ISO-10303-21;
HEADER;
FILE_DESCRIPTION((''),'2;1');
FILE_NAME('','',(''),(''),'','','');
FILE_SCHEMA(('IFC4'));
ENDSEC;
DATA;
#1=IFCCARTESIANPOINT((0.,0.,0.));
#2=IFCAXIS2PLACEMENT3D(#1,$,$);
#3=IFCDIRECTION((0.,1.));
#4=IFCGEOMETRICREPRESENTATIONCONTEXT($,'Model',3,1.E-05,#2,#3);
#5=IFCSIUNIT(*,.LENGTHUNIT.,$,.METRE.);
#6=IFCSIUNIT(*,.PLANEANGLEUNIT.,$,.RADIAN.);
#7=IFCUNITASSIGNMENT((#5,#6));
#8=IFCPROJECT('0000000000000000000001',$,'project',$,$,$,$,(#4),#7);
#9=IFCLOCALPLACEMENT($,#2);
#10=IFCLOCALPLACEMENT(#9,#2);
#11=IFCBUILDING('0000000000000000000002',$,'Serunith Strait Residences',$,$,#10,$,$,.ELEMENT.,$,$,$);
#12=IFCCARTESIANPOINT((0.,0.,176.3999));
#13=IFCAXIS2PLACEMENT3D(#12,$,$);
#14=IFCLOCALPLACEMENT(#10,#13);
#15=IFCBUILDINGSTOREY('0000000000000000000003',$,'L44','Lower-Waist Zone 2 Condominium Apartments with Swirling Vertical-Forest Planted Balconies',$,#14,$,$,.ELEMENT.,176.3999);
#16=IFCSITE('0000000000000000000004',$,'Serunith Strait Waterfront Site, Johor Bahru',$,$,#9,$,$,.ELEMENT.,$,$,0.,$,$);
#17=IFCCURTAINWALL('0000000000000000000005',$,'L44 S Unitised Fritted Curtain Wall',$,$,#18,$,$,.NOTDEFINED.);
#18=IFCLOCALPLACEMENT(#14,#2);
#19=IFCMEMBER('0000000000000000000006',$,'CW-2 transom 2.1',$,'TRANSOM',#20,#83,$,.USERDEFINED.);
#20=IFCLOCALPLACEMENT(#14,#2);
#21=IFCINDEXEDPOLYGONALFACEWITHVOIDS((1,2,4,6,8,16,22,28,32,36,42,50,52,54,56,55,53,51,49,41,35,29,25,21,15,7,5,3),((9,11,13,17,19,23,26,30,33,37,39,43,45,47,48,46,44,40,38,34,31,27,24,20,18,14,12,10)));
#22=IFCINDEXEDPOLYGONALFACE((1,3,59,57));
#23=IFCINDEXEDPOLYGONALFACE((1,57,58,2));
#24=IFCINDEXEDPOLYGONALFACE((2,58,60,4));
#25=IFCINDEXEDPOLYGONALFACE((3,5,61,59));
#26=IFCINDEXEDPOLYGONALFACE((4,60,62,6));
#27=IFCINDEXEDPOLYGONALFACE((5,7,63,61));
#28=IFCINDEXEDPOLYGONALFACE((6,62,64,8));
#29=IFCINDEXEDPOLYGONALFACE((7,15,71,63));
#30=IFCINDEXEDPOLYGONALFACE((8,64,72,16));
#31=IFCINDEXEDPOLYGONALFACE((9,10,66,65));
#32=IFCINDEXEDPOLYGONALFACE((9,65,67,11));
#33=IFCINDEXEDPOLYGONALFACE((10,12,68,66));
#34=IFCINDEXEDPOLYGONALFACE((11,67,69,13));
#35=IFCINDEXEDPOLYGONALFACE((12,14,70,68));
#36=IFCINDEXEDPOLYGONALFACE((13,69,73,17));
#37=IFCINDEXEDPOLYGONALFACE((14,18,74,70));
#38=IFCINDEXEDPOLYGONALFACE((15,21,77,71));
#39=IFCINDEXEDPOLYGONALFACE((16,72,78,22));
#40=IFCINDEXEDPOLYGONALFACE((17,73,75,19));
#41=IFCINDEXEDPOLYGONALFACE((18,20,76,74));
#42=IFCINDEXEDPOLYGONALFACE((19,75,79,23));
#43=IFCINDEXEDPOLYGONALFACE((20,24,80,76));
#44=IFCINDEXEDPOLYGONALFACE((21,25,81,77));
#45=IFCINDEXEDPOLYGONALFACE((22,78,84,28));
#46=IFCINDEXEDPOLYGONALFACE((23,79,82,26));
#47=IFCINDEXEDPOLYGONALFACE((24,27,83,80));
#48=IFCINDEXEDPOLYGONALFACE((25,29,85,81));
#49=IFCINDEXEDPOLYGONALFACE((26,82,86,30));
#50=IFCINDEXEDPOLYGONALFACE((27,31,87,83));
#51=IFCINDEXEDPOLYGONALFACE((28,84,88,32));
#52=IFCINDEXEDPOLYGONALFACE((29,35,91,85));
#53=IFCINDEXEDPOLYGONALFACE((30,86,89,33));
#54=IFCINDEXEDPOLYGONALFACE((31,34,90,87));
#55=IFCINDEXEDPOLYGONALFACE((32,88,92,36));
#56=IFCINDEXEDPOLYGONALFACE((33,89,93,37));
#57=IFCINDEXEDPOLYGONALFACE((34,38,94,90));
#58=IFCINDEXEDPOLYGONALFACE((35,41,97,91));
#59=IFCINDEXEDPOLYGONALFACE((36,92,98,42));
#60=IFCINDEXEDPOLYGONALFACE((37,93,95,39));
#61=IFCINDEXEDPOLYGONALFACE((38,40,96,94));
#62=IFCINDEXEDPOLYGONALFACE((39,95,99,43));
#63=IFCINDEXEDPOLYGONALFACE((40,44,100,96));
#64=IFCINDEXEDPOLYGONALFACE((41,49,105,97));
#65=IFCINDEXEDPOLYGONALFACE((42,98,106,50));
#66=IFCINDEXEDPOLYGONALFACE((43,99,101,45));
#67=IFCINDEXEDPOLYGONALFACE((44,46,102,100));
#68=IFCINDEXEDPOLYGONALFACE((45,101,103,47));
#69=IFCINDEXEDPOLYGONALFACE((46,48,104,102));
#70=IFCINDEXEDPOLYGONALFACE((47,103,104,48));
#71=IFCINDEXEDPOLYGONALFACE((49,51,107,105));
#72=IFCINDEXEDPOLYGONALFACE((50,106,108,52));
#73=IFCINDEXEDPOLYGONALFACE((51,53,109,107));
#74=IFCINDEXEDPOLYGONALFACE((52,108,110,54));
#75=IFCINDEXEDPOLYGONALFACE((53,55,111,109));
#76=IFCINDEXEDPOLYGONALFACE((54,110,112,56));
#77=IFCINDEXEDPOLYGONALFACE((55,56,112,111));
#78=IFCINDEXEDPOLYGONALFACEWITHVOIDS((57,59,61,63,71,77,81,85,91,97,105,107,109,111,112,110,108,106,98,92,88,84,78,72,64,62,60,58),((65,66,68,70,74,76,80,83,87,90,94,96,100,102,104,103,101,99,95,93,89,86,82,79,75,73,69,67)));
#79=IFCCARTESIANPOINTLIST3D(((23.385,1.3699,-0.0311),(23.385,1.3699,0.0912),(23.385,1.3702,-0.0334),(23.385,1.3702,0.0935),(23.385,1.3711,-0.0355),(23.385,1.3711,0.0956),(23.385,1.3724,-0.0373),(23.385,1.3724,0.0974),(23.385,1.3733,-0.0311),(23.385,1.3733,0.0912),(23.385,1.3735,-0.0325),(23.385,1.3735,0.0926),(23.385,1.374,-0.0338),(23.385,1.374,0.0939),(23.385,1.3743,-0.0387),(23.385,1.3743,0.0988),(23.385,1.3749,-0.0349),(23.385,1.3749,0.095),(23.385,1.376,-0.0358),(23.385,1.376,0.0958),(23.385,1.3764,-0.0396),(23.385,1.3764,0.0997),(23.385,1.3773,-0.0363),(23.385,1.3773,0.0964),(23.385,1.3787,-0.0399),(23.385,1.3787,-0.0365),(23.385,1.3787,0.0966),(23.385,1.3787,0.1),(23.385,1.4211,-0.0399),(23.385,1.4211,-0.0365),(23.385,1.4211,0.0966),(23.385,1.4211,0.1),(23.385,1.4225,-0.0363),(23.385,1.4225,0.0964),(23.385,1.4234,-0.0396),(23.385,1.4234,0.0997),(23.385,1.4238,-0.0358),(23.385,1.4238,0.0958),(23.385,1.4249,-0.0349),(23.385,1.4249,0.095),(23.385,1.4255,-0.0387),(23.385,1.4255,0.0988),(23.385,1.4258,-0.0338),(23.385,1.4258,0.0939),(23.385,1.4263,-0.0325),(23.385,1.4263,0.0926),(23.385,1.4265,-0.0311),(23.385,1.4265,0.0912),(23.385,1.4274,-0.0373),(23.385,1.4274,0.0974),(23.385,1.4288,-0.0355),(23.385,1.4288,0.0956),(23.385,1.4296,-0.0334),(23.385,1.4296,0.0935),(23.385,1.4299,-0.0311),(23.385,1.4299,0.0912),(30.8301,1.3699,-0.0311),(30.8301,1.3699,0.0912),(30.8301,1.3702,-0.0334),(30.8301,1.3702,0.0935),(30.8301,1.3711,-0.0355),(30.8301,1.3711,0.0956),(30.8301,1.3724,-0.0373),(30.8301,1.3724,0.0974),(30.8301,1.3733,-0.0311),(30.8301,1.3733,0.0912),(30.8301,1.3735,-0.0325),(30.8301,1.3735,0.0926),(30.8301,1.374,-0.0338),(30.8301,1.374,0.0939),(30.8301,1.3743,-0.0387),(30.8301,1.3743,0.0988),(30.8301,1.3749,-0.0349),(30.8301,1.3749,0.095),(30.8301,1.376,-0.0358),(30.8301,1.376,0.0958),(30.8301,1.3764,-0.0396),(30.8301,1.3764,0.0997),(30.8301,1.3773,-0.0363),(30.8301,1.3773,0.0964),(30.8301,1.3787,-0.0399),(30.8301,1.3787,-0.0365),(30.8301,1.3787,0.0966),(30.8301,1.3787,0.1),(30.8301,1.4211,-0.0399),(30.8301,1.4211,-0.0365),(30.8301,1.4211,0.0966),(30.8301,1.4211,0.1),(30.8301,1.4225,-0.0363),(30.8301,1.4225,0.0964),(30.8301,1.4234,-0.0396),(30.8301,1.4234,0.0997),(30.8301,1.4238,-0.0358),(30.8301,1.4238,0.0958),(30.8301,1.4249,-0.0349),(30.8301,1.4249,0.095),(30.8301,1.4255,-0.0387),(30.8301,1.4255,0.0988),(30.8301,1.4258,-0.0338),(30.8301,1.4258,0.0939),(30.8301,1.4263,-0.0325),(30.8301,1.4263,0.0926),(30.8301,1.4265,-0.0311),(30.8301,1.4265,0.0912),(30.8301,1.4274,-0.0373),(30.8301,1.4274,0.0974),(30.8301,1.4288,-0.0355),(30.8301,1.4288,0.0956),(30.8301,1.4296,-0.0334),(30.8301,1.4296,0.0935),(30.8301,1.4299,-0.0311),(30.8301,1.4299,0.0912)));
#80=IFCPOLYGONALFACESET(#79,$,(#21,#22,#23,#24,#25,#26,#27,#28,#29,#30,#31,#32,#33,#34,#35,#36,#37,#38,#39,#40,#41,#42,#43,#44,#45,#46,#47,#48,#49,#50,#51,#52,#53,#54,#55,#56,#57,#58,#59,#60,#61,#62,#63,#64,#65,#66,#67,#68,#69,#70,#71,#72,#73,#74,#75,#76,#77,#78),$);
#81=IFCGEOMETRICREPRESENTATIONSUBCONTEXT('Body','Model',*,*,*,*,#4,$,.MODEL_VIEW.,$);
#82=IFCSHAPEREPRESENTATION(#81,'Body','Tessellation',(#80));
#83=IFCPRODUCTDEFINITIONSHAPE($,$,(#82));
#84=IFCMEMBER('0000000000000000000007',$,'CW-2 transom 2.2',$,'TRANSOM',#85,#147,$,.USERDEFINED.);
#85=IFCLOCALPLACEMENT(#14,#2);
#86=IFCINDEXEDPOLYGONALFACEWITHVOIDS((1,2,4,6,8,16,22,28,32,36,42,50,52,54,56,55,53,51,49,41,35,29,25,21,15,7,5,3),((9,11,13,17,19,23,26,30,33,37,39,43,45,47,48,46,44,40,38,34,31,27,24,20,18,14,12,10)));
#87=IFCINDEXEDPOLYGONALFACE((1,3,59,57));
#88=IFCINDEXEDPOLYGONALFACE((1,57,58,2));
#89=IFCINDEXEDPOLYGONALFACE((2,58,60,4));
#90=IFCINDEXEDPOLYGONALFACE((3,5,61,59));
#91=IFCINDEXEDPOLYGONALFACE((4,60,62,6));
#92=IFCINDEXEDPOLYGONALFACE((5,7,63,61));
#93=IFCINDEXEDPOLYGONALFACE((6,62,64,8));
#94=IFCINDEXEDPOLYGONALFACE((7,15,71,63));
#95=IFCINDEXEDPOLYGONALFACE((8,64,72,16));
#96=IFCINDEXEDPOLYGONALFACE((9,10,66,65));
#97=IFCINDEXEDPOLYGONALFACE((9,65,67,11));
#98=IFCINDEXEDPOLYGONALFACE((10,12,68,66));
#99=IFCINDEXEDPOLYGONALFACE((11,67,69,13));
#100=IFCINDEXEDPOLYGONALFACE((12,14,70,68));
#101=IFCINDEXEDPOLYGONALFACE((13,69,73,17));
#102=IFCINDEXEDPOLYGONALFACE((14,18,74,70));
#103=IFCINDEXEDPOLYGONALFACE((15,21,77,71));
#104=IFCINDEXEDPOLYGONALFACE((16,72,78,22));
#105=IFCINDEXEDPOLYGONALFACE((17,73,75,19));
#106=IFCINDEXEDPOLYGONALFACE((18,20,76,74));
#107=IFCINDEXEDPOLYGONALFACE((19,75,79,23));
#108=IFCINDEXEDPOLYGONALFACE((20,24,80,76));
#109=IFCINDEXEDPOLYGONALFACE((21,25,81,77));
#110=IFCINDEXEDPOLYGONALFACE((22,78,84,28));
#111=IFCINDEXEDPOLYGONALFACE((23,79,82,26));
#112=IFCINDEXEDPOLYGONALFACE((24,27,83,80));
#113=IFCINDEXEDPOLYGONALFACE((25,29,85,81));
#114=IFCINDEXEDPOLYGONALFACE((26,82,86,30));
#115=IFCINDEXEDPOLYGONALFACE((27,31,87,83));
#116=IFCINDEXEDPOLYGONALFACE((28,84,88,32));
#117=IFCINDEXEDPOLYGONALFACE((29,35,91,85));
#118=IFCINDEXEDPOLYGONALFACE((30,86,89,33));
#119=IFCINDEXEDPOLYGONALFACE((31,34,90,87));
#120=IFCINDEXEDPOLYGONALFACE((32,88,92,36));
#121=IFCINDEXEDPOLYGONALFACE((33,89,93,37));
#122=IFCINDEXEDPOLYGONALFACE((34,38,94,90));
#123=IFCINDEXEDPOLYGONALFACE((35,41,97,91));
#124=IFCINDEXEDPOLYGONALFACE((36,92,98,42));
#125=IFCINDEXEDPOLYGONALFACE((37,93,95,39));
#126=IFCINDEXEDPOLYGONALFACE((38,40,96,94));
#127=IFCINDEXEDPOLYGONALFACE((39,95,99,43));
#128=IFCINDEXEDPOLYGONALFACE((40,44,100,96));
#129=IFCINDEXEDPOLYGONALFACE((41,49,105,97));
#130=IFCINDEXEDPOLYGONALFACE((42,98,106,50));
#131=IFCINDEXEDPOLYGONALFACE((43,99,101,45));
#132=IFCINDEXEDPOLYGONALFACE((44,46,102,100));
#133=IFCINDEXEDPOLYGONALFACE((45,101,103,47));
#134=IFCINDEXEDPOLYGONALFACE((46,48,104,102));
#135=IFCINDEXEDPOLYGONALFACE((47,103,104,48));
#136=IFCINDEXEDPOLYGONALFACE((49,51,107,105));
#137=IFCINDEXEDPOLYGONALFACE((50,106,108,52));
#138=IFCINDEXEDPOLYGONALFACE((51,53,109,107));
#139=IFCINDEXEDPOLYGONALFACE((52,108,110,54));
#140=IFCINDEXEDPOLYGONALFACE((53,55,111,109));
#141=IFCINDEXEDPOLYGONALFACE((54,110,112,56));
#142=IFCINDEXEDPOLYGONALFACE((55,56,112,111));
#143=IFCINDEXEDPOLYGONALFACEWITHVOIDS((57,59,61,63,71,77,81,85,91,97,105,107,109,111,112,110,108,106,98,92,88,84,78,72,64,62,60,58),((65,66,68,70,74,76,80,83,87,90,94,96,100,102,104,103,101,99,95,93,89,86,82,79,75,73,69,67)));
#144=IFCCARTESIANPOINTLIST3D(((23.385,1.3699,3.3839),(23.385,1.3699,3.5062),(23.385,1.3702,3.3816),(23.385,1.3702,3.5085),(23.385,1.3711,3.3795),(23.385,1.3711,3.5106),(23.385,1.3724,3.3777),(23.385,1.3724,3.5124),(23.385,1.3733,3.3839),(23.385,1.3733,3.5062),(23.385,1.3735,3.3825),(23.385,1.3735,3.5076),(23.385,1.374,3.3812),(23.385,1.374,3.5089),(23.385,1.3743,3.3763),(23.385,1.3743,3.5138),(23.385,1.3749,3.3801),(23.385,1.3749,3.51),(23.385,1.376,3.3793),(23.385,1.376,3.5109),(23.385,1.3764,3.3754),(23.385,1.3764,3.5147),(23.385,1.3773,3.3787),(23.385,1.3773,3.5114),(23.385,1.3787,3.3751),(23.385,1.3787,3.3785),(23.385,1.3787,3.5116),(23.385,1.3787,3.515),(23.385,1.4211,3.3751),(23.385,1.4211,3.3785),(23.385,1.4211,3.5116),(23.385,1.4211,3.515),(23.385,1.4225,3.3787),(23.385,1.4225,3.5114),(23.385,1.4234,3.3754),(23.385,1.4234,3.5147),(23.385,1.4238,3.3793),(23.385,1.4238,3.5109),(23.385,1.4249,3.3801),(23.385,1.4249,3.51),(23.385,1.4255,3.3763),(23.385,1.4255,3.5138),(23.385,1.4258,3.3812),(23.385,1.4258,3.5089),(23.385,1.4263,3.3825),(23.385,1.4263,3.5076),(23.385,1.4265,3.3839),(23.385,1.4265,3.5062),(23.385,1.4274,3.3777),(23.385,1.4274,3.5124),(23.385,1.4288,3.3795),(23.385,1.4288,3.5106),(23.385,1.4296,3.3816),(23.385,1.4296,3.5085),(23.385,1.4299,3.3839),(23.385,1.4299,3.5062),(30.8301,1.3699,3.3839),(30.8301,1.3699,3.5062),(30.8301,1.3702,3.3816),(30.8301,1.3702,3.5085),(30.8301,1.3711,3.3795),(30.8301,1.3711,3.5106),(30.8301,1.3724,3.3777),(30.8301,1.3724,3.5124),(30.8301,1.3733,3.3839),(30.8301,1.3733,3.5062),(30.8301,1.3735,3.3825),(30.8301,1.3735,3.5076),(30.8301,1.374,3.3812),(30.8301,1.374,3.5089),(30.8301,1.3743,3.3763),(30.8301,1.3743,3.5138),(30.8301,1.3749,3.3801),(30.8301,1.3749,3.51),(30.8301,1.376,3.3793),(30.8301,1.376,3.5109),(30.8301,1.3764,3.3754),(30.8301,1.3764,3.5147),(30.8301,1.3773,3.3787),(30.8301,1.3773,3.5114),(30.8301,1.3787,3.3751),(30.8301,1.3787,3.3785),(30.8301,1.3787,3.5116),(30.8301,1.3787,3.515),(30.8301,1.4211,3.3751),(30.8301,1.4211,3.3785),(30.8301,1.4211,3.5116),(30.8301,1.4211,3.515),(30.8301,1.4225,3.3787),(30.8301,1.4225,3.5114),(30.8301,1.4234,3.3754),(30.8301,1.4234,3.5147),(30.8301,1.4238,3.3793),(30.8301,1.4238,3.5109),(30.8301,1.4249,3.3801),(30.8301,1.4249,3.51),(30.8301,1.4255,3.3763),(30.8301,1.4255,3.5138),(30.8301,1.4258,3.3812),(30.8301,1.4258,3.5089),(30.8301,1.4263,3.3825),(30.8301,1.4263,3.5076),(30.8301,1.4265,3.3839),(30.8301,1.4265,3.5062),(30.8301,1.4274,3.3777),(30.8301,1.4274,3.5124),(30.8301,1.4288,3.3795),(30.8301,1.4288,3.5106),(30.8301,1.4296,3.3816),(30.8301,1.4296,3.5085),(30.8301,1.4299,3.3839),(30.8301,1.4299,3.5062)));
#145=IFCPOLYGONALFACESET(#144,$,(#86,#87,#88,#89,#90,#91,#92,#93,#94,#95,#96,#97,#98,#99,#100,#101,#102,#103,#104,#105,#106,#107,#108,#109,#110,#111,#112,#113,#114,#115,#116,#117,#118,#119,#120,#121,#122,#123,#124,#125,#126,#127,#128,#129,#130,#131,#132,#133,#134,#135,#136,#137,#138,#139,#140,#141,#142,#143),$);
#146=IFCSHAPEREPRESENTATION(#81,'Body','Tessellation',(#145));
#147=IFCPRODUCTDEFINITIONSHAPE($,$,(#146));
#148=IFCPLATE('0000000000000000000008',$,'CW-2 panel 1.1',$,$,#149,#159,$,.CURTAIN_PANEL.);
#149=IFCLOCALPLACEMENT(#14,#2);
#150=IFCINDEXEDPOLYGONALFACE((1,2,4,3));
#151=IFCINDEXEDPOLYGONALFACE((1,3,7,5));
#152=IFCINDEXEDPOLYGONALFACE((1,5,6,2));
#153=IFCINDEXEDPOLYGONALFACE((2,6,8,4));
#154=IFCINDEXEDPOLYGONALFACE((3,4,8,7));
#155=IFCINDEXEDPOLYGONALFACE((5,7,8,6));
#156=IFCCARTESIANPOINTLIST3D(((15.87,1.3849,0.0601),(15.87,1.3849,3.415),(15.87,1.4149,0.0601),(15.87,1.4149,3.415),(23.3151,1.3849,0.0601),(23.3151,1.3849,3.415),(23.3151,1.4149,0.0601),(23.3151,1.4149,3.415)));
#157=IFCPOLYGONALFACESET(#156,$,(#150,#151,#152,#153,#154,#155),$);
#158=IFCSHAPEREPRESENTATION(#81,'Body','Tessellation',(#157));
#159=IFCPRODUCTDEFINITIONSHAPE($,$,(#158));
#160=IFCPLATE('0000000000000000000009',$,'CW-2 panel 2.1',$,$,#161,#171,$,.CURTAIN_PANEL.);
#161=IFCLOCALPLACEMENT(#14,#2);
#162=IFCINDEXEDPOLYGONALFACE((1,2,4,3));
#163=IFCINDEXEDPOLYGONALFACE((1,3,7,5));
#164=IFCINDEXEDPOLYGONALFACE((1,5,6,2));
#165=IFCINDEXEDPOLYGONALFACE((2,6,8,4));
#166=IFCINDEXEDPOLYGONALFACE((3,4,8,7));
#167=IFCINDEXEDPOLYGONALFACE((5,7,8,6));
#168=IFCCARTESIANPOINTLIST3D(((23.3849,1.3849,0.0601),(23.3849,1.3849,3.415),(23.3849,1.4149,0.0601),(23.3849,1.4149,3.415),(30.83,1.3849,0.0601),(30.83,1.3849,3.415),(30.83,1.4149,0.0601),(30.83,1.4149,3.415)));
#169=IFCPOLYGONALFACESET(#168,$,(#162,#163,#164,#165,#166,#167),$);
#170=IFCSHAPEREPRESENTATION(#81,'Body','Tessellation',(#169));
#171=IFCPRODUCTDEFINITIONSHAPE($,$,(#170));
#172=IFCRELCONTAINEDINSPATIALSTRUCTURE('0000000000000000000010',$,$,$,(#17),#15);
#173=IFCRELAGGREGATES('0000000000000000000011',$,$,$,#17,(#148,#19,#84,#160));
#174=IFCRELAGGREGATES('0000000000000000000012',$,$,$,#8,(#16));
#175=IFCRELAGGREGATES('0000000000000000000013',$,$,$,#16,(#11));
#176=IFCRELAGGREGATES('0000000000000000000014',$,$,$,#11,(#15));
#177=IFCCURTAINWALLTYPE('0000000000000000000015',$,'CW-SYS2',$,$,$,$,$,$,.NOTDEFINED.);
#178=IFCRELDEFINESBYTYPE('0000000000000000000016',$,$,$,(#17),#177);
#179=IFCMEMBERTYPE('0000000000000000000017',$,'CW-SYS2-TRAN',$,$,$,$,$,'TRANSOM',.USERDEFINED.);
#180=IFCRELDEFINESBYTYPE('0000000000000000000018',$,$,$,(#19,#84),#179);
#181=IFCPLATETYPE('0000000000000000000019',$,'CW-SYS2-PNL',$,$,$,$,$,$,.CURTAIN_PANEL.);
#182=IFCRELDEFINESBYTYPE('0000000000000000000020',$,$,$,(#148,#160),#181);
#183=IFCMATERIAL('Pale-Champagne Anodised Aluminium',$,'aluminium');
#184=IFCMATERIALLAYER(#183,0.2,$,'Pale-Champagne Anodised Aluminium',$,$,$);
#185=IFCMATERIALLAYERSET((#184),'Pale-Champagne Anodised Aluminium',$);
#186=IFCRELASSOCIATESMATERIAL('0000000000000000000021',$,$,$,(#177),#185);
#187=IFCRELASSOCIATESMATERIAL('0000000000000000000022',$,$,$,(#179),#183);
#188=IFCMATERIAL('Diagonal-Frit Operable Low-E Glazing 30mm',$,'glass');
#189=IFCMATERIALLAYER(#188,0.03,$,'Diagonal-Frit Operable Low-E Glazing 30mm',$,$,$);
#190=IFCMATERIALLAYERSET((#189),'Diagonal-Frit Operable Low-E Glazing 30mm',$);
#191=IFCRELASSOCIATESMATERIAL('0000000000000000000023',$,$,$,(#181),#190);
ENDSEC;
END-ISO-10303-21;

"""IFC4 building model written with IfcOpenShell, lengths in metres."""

from ifc_helpers import new_model, si_unit, direction, frame, origin, origin_2d, place, context, subcontext, project, spatial, rectangle, hollow_rectangle, extrude, source, transform, mapped, material, layer, layer_set, material_profile, profile_set, type_object, element, aggregate, save


model = new_model("IFC4")

# Units and contexts
model_context = context("Model", 3, precision=1e-05, world=origin(), true_north=direction((0.0, 1.0)))
body_context = subcontext(model_context, "Body", "Model", "MODEL_VIEW")
ifc_project = project(units=[si_unit("LENGTHUNIT", "METRE"), si_unit("PLANEANGLEUNIT", "RADIAN")], contexts=[model_context])

# Site, building, storey
site_placement = place(None, origin())
site = spatial("IfcSite", under=ifc_project, at=site_placement, Name="Serunith Strait Waterfront Site, Johor Bahru", CompositionType="ELEMENT", RefElevation=0.0)
building_placement = place(site_placement, origin())
building = spatial("IfcBuilding", under=site, at=building_placement, Name="Serunith Strait Residences", CompositionType="ELEMENT")
storey_placement = place(building_placement, frame((0.0, 0.0, 176.3999)))
storey = spatial("IfcBuildingStorey", under=building, at=storey_placement, Name="L44", Description="Lower-Waist Zone 2 Condominium Apartments with Swirling Vertical-Forest Planted Balconies", CompositionType="ELEMENT", Elevation=176.3999)

# Curtain wall, members, plates
ifc_material_1 = material(Name="Pale-Champagne Anodised Aluminium", Category="aluminium")
ifc_layer_1 = layer(ifc_material_1, 0.2, Name="Pale-Champagne Anodised Aluminium")
ifc_layer_set_1 = layer_set([ifc_layer_1], Name="Pale-Champagne Anodised Aluminium")
curtain_wall_type = type_object("IfcCurtainWallType", Name="CW-SYS2", PredefinedType="NOTDEFINED", material=ifc_layer_set_1)
curtain_wall_placement = place(storey_placement, origin())
curtain_wall = element("IfcCurtainWall", 1, at=curtain_wall_placement, inside=storey, type_object=curtain_wall_type, Name="L44 S Unitised Fritted Curtain Wall", PredefinedType="NOTDEFINED")
ifc_material_profile_1 = material_profile(ifc_material_1, hollow_rectangle(XDim=0.0601, YDim=0.1399, WallThickness=0.0034, InnerFilletRadius=0.0054, OuterFilletRadius=0.0088, at=origin_2d()), Name="ALU 140x60x3.5")
ifc_profile_set_1 = profile_set([ifc_material_profile_1], Name="Pale-Champagne Anodised Aluminium")
member_type_1 = type_object("IfcMemberType", Name="CW-SYS2-TRAN", ElementType="TRANSOM", PredefinedType="USERDEFINED", material=ifc_profile_set_1)
shared_shape_1 = source(origin(), body_context, "Body", "SweptSolid", [
    extrude(hollow_rectangle(XDim=0.0601, YDim=0.1399, WallThickness=0.0034, InnerFilletRadius=0.0054, OuterFilletRadius=0.0088, at=origin_2d()), origin(), (0.0, 0.0, 1.0), 7.4451),
])
member_1_placement = place(storey_placement, frame((23.385, 1.3999, 0.03), z_axis=(1.0, 0.0, 0.0), x_axis=(0.0, 1.0, 0.0)))
member_1 = element("IfcMember", 2, at=member_1_placement, type_object=member_type_1, Name="CW-2 transom 2.1", ObjectType="TRANSOM", PredefinedType="USERDEFINED", context=body_context, shape_type="MappedRepresentation", body=[
    mapped(shared_shape_1, transform((0.0, 0.0, 0.0), scale=1.0)),
])
member_2_placement = place(storey_placement, frame((23.385, 1.3999, 3.4451), z_axis=(1.0, 0.0, 0.0), x_axis=(0.0, 1.0, 0.0)))
member_2 = element("IfcMember", 3, at=member_2_placement, type_object=member_type_1, Name="CW-2 transom 2.2", ObjectType="TRANSOM", PredefinedType="USERDEFINED", context=body_context, shape_type="MappedRepresentation", body=[
    mapped(shared_shape_1, transform((0.0, 0.0, 0.0), scale=1.0)),
])
ifc_material_2 = material(Name="Diagonal-Frit Operable Low-E Glazing 30mm", Category="glass")
ifc_layer_2 = layer(ifc_material_2, 0.03, Name="Diagonal-Frit Operable Low-E Glazing 30mm")
ifc_layer_set_2 = layer_set([ifc_layer_2], Name="Diagonal-Frit Operable Low-E Glazing 30mm")
plate_type = type_object("IfcPlateType", Name="CW-SYS2-PNL", PredefinedType="CURTAIN_PANEL", material=ifc_layer_set_2)
shared_shape_2 = source(origin(), body_context, "Body", "SweptSolid", [
    extrude(rectangle(XDim=7.4451, YDim=0.03, at=origin_2d()), origin(), (0.0, 0.0, 1.0), 3.355),
])
plate_1_placement = place(storey_placement, frame((19.5925, 1.3999, 0.0601), z_axis=(0.0, 0.0, 1.0), x_axis=(1.0, 0.0, 0.0)))
plate_1 = element("IfcPlate", 4, at=plate_1_placement, type_object=plate_type, Name="CW-2 panel 1.1", PredefinedType="CURTAIN_PANEL", context=body_context, shape_type="MappedRepresentation", body=[
    mapped(shared_shape_2, transform((0.0, 0.0, 0.0), scale=1.0)),
])
plate_2_placement = place(storey_placement, frame((27.1074, 1.3999, 0.0601), z_axis=(0.0, 0.0, 1.0), x_axis=(1.0, 0.0, 0.0)))
plate_2 = element("IfcPlate", 5, at=plate_2_placement, type_object=plate_type, Name="CW-2 panel 2.1", PredefinedType="CURTAIN_PANEL", context=body_context, shape_type="MappedRepresentation", body=[
    mapped(shared_shape_2, transform((0.0, 0.0, 0.0), scale=1.0)),
])
aggregate(curtain_wall, [plate_1, member_1, member_2, plate_2])

save(model, "model.ifc")
